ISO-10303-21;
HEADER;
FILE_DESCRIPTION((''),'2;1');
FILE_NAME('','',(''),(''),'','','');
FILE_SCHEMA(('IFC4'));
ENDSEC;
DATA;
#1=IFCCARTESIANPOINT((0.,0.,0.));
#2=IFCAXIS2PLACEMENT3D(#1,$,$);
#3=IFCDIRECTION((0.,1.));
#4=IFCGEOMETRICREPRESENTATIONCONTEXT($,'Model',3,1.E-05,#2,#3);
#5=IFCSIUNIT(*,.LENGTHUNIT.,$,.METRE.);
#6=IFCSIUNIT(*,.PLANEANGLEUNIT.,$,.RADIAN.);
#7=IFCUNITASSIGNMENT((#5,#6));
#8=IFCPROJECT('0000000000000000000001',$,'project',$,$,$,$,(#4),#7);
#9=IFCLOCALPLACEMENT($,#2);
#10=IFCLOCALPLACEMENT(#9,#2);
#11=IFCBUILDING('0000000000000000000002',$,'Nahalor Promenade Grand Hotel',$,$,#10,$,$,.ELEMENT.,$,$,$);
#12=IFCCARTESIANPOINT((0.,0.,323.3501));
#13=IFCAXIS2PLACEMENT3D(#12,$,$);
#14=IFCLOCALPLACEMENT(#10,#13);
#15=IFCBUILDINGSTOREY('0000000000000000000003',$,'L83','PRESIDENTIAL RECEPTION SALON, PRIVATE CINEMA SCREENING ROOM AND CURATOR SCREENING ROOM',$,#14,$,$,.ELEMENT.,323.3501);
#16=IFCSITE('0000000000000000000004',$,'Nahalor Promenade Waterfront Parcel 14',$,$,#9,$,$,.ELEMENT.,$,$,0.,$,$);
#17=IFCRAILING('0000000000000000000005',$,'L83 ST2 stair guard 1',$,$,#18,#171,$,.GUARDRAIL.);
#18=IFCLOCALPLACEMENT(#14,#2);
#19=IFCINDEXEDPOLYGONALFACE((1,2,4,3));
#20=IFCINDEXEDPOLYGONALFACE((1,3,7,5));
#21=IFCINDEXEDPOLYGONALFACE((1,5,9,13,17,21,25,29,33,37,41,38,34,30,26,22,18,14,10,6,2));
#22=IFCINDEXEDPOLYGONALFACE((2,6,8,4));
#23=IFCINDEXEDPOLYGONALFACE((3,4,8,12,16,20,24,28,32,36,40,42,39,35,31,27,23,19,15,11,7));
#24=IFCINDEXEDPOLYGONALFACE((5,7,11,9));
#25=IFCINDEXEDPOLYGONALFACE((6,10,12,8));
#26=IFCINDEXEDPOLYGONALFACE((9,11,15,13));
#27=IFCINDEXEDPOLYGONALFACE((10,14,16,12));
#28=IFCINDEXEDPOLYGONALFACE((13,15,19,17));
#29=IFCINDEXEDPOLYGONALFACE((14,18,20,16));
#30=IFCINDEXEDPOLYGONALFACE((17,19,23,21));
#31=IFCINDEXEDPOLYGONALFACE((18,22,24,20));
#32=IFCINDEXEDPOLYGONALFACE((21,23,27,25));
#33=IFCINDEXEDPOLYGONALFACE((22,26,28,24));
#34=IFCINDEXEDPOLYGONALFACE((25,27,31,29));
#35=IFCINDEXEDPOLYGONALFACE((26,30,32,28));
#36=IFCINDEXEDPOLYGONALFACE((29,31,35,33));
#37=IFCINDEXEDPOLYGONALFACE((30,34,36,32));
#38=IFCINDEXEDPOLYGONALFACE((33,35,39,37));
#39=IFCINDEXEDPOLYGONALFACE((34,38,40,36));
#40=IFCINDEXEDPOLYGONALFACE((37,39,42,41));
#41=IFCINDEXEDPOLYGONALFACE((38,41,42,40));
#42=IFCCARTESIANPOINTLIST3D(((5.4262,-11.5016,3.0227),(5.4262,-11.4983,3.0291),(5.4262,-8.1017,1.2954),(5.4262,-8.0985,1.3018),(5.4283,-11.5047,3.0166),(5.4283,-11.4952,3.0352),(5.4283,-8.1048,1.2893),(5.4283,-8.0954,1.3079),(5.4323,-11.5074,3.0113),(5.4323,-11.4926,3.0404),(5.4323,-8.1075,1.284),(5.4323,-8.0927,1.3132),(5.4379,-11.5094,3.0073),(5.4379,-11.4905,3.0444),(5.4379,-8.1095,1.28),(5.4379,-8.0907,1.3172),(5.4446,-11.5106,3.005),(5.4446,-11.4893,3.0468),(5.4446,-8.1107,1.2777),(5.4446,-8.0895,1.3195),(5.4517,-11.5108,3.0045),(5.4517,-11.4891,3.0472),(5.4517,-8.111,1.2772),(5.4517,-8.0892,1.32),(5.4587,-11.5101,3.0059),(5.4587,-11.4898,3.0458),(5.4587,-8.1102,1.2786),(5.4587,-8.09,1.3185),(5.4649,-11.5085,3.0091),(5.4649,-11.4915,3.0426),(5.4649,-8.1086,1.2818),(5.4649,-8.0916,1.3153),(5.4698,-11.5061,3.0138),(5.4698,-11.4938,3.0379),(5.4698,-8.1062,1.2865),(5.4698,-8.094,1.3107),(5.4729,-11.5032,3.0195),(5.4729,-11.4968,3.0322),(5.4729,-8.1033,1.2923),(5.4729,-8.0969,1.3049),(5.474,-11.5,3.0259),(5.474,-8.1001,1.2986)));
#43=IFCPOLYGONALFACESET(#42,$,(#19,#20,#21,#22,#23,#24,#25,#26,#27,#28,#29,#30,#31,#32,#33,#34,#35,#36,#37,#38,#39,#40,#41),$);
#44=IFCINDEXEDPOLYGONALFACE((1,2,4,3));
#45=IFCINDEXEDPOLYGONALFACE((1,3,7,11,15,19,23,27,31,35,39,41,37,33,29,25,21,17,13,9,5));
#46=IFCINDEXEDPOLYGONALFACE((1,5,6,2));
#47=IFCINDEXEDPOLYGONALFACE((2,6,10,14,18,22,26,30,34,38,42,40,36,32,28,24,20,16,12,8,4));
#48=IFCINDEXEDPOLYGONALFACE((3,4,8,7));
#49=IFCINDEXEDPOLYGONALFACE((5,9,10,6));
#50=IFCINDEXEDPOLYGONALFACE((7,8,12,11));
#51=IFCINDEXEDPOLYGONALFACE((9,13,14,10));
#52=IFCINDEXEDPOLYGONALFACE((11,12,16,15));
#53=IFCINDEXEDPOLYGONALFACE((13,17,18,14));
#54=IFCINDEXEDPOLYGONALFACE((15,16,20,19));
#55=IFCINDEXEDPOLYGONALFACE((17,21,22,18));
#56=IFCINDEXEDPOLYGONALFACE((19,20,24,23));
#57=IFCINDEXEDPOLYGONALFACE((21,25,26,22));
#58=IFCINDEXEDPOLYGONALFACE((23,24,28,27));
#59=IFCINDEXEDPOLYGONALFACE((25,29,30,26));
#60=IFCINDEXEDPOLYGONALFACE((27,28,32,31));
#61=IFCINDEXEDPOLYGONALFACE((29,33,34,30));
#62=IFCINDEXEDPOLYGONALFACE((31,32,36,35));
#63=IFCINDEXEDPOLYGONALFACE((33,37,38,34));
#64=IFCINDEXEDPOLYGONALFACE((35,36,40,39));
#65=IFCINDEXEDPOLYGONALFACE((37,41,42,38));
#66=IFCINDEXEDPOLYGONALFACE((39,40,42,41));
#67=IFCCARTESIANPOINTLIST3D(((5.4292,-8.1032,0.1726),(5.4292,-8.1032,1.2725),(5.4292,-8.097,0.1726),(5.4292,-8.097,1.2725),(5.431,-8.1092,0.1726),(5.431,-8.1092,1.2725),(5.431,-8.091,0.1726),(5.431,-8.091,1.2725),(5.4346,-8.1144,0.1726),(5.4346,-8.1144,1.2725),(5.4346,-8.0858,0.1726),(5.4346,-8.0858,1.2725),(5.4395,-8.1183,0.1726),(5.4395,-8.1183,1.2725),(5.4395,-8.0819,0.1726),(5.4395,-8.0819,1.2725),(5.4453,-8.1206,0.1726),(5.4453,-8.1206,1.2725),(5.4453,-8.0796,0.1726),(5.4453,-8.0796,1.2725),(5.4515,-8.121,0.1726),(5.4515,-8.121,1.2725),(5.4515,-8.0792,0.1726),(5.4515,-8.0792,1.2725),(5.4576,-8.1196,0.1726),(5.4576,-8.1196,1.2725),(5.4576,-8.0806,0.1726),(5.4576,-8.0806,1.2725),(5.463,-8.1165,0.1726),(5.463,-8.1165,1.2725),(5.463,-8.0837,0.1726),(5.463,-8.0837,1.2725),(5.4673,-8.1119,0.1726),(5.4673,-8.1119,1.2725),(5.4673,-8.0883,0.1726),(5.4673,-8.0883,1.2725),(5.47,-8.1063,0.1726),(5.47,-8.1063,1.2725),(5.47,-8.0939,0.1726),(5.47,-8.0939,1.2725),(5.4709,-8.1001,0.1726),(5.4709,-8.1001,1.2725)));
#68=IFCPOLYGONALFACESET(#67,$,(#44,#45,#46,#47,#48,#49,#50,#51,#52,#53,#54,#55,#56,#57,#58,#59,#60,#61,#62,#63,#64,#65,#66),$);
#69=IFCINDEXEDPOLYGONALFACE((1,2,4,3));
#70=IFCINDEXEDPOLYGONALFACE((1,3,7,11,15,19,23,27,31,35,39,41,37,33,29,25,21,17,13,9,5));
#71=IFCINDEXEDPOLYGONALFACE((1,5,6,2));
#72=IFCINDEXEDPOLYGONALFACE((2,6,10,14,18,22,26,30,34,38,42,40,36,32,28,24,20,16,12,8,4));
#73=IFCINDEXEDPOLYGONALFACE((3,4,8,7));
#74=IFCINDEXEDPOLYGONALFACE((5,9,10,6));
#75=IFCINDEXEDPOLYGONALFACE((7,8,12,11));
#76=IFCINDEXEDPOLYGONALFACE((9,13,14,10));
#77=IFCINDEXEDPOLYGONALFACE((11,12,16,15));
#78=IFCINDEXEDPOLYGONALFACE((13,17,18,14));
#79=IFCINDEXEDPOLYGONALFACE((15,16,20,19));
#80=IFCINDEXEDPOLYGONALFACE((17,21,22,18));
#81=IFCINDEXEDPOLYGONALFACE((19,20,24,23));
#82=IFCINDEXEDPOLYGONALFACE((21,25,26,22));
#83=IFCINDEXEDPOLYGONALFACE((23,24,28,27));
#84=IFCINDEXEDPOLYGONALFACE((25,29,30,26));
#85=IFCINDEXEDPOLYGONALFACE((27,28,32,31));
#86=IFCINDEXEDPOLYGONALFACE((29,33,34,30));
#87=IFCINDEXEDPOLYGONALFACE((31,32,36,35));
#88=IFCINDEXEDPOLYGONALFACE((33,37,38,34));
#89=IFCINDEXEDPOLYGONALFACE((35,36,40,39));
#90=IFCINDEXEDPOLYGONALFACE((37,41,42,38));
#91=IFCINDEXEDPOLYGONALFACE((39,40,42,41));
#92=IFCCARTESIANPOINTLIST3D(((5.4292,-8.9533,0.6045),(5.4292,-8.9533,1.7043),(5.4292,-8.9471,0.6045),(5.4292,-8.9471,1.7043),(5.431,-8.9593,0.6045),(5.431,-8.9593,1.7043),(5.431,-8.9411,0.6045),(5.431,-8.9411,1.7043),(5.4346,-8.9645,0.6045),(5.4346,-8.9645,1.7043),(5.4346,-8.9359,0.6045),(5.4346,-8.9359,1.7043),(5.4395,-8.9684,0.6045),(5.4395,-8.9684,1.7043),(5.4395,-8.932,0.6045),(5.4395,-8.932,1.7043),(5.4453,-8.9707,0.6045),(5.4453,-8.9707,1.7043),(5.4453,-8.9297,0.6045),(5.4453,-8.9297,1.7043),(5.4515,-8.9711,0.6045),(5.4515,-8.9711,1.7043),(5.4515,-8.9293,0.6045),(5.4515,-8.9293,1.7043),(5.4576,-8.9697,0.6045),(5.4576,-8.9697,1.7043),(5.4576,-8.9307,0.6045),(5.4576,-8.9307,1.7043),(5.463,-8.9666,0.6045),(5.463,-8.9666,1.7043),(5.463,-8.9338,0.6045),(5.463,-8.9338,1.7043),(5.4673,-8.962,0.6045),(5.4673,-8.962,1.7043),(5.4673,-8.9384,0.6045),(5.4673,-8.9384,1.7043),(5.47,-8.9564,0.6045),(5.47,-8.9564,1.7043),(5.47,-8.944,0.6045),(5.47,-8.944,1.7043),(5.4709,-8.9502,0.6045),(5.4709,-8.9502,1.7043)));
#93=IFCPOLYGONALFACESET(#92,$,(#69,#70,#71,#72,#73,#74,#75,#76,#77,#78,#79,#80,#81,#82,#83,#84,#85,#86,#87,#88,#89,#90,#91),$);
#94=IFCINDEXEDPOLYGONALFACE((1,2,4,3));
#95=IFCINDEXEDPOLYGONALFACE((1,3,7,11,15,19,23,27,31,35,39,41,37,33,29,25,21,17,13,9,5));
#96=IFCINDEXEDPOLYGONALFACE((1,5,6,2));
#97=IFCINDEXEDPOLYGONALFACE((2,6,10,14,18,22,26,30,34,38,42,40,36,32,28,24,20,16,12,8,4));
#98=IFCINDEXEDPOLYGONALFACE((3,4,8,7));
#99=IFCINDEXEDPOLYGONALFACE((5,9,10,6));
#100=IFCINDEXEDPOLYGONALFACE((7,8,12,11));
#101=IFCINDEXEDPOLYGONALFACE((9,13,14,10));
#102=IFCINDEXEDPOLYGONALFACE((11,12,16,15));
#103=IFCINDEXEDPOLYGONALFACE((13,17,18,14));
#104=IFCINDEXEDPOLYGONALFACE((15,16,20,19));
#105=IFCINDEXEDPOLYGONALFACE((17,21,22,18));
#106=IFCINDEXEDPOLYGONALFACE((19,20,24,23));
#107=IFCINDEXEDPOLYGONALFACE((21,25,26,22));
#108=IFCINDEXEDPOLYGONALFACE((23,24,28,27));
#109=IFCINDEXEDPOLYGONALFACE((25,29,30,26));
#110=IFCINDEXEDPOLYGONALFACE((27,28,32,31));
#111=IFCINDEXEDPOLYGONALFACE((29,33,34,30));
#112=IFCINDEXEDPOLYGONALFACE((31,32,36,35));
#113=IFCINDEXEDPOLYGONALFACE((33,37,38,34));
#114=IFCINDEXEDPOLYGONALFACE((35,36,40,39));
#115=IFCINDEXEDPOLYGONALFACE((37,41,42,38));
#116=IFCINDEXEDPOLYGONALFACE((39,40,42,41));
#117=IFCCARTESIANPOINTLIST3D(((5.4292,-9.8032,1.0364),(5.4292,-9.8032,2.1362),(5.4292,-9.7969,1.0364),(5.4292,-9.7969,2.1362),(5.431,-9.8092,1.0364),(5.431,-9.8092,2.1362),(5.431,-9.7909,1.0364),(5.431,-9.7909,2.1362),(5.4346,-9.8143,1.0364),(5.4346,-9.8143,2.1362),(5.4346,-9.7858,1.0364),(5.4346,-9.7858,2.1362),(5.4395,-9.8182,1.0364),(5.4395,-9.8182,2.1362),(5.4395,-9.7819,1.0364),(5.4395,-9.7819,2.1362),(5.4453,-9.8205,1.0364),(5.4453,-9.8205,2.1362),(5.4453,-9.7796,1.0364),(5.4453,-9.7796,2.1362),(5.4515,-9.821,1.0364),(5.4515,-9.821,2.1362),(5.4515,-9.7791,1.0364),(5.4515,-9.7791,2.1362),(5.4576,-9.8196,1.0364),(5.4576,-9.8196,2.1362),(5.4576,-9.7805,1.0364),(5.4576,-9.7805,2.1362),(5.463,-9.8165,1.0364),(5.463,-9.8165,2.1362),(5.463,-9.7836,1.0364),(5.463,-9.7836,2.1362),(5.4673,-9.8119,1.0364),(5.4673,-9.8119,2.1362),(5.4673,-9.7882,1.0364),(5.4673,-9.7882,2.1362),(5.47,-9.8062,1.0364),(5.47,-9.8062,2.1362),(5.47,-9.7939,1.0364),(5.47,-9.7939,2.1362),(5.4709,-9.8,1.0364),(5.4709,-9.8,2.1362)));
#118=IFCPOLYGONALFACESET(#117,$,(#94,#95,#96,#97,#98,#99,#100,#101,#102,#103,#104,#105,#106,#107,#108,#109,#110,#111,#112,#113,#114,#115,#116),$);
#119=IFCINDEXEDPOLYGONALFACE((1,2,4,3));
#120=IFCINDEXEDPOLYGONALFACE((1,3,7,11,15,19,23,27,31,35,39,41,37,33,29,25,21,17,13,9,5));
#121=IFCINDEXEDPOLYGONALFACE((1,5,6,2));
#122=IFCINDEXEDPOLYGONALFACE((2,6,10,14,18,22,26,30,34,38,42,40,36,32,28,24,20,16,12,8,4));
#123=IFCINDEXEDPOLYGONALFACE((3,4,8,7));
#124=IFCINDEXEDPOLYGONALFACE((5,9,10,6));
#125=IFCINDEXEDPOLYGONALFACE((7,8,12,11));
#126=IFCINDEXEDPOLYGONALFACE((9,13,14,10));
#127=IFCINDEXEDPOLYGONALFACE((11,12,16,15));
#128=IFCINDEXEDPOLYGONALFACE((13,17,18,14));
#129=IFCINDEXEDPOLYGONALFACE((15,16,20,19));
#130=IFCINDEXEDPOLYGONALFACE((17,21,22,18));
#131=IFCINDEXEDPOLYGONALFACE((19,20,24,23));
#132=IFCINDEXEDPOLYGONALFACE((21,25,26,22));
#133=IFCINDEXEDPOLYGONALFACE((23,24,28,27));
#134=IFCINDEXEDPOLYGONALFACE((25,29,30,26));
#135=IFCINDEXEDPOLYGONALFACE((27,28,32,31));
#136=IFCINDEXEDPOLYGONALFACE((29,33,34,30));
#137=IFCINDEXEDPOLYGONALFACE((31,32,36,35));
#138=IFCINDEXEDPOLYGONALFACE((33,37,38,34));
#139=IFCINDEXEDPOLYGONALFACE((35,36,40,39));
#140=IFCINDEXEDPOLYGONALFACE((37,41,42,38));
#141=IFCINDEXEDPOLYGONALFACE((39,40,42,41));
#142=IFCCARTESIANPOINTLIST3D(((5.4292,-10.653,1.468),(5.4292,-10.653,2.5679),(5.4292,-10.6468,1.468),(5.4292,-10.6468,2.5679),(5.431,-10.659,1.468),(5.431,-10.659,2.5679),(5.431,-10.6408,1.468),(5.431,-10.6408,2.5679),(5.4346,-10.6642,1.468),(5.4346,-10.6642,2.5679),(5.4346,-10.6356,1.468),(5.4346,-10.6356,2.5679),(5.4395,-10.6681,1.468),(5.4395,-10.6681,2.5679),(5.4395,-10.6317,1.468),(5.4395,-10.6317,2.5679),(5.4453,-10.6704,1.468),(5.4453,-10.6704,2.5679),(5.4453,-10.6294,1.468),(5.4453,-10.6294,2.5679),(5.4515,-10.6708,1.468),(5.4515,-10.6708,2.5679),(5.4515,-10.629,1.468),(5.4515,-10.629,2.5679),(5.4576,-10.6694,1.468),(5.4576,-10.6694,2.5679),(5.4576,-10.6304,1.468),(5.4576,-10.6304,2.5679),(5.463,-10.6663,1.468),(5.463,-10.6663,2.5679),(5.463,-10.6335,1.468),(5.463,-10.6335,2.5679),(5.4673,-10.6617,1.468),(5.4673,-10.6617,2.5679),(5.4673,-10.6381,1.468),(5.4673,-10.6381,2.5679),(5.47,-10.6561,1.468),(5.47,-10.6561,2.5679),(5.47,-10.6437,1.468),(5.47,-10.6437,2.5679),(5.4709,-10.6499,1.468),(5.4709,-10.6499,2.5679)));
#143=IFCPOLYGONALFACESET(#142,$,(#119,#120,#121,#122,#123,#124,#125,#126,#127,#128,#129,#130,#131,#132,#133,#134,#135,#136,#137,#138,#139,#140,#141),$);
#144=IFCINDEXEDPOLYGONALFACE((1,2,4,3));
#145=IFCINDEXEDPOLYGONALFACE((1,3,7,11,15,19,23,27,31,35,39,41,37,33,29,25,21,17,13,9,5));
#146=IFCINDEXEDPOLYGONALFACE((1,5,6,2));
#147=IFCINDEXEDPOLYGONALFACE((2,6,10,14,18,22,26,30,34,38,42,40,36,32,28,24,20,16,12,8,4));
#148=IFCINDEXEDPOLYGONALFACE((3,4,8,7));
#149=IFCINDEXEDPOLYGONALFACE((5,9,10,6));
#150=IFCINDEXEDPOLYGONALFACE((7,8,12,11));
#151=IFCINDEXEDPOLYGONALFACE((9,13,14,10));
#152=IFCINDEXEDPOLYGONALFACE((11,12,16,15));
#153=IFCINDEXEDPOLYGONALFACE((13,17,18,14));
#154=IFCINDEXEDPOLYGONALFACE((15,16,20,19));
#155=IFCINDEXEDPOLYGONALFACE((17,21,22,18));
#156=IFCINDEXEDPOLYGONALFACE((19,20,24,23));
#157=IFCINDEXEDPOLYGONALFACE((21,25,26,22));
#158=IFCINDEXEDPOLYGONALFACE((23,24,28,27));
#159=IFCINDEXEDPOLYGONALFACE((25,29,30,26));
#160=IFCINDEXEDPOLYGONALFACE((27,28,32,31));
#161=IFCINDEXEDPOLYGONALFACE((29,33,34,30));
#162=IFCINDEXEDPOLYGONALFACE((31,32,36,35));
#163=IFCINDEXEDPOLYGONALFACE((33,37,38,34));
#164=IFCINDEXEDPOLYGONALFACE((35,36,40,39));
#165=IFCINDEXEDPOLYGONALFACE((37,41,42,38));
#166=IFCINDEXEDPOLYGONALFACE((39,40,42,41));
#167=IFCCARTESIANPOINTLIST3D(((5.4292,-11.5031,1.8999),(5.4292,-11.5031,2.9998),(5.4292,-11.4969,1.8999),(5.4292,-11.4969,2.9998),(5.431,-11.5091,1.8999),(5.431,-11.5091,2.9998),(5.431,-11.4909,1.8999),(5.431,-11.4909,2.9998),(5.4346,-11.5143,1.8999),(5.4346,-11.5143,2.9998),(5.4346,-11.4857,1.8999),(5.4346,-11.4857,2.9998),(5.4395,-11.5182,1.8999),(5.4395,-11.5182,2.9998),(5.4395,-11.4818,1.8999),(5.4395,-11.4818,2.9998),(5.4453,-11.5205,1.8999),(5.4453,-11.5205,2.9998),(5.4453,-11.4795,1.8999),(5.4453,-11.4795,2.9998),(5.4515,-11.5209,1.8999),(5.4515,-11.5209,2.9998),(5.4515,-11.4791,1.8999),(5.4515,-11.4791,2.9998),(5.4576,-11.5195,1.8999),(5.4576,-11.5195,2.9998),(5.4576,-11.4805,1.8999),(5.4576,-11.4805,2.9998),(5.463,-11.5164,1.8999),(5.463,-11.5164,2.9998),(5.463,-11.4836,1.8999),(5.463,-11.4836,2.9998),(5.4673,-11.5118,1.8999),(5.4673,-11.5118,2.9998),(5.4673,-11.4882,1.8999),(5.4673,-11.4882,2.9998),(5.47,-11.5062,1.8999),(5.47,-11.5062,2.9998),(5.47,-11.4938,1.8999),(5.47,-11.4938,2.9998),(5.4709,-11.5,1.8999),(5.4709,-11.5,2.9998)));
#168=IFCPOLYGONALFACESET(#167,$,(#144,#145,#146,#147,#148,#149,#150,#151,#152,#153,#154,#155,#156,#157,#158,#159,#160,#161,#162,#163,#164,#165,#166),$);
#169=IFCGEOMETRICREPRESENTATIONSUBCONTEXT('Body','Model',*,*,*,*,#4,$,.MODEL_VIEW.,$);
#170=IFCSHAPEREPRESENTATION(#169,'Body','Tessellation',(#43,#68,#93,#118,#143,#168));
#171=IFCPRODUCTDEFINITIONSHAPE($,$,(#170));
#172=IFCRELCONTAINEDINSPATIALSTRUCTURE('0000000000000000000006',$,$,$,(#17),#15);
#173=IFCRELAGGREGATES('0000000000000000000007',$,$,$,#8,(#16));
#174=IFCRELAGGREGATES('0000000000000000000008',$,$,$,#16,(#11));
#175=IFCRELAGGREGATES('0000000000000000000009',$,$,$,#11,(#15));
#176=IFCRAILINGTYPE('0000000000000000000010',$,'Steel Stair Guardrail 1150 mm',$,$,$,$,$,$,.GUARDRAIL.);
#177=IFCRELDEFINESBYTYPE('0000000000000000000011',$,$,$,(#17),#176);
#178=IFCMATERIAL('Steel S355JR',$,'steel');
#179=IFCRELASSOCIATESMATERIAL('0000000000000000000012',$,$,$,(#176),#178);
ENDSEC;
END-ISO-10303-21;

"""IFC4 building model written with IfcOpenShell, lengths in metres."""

from ifc_helpers import new_model, si_unit, direction, frame, origin, origin_2d, place, context, subcontext, project, spatial, circle, extrude, material, type_object, element, save


model = new_model("IFC4")

# Units and contexts
model_context = context("Model", 3, precision=1e-05, world=origin(), true_north=direction((0.0, 1.0)))
body_context = subcontext(model_context, "Body", "Model", "MODEL_VIEW")
ifc_project = project(units=[si_unit("LENGTHUNIT", "METRE"), si_unit("PLANEANGLEUNIT", "RADIAN")], contexts=[model_context])

# Site, building, storey
site_placement = place(None, origin())
site = spatial("IfcSite", under=ifc_project, at=site_placement, Name="Nahalor Promenade Waterfront Parcel 14", CompositionType="ELEMENT", RefElevation=0.0)
building_placement = place(site_placement, origin())
building = spatial("IfcBuilding", under=site, at=building_placement, Name="Nahalor Promenade Grand Hotel", CompositionType="ELEMENT")
storey_placement = place(building_placement, frame((0.0, 0.0, 323.3501)))
storey = spatial("IfcBuildingStorey", under=building, at=storey_placement, Name="L83", Description="PRESIDENTIAL RECEPTION SALON, PRIVATE CINEMA SCREENING ROOM AND CURATOR SCREENING ROOM", CompositionType="ELEMENT", Elevation=323.3501)

# Shared definitions
ifc_material_1 = material(Name="Steel S355JR", Category="steel")

# Railing
railing_type_1 = type_object("IfcRailingType", Name="Steel Stair Guardrail 1150 mm", PredefinedType="GUARDRAIL", material=ifc_material_1)
railing_1_placement = place(storey_placement, frame((5.45, -8.1001, 0.1726)))
element("IfcRailing", 1, at=railing_1_placement, inside=storey, type_object=railing_type_1, Name="L83 ST2 stair guard 1", PredefinedType="GUARDRAIL", context=body_context, shape_type="SweptSolid", body=[
    extrude(circle(Radius=0.024, at=origin_2d()), frame((0.0, 0.0, 1.126), z_axis=(0.0, -0.891541, 0.452941), x_axis=(1.0, 0.0, 0.0)), (0.0, 0.0, 1.0), 3.8135),
    extrude(circle(Radius=0.021, at=origin_2d()), origin(), (0.0, 0.0, 1.0), 1.0999),
    extrude(circle(Radius=0.021, at=origin_2d()), frame((0.0, -0.8501, 0.4319)), (0.0, 0.0, 1.0), 1.0999),
    extrude(circle(Radius=0.021, at=origin_2d()), frame((0.0, -1.7, 0.8638)), (0.0, 0.0, 1.0), 1.0999),
    extrude(circle(Radius=0.021, at=origin_2d()), frame((0.0, -2.5498, 1.2954)), (0.0, 0.0, 1.0), 1.0999),
    extrude(circle(Radius=0.021, at=origin_2d()), frame((0.0, -3.3999, 1.7273)), (0.0, 0.0, 1.0), 1.0999),
])

save(model, "model.ifc")
